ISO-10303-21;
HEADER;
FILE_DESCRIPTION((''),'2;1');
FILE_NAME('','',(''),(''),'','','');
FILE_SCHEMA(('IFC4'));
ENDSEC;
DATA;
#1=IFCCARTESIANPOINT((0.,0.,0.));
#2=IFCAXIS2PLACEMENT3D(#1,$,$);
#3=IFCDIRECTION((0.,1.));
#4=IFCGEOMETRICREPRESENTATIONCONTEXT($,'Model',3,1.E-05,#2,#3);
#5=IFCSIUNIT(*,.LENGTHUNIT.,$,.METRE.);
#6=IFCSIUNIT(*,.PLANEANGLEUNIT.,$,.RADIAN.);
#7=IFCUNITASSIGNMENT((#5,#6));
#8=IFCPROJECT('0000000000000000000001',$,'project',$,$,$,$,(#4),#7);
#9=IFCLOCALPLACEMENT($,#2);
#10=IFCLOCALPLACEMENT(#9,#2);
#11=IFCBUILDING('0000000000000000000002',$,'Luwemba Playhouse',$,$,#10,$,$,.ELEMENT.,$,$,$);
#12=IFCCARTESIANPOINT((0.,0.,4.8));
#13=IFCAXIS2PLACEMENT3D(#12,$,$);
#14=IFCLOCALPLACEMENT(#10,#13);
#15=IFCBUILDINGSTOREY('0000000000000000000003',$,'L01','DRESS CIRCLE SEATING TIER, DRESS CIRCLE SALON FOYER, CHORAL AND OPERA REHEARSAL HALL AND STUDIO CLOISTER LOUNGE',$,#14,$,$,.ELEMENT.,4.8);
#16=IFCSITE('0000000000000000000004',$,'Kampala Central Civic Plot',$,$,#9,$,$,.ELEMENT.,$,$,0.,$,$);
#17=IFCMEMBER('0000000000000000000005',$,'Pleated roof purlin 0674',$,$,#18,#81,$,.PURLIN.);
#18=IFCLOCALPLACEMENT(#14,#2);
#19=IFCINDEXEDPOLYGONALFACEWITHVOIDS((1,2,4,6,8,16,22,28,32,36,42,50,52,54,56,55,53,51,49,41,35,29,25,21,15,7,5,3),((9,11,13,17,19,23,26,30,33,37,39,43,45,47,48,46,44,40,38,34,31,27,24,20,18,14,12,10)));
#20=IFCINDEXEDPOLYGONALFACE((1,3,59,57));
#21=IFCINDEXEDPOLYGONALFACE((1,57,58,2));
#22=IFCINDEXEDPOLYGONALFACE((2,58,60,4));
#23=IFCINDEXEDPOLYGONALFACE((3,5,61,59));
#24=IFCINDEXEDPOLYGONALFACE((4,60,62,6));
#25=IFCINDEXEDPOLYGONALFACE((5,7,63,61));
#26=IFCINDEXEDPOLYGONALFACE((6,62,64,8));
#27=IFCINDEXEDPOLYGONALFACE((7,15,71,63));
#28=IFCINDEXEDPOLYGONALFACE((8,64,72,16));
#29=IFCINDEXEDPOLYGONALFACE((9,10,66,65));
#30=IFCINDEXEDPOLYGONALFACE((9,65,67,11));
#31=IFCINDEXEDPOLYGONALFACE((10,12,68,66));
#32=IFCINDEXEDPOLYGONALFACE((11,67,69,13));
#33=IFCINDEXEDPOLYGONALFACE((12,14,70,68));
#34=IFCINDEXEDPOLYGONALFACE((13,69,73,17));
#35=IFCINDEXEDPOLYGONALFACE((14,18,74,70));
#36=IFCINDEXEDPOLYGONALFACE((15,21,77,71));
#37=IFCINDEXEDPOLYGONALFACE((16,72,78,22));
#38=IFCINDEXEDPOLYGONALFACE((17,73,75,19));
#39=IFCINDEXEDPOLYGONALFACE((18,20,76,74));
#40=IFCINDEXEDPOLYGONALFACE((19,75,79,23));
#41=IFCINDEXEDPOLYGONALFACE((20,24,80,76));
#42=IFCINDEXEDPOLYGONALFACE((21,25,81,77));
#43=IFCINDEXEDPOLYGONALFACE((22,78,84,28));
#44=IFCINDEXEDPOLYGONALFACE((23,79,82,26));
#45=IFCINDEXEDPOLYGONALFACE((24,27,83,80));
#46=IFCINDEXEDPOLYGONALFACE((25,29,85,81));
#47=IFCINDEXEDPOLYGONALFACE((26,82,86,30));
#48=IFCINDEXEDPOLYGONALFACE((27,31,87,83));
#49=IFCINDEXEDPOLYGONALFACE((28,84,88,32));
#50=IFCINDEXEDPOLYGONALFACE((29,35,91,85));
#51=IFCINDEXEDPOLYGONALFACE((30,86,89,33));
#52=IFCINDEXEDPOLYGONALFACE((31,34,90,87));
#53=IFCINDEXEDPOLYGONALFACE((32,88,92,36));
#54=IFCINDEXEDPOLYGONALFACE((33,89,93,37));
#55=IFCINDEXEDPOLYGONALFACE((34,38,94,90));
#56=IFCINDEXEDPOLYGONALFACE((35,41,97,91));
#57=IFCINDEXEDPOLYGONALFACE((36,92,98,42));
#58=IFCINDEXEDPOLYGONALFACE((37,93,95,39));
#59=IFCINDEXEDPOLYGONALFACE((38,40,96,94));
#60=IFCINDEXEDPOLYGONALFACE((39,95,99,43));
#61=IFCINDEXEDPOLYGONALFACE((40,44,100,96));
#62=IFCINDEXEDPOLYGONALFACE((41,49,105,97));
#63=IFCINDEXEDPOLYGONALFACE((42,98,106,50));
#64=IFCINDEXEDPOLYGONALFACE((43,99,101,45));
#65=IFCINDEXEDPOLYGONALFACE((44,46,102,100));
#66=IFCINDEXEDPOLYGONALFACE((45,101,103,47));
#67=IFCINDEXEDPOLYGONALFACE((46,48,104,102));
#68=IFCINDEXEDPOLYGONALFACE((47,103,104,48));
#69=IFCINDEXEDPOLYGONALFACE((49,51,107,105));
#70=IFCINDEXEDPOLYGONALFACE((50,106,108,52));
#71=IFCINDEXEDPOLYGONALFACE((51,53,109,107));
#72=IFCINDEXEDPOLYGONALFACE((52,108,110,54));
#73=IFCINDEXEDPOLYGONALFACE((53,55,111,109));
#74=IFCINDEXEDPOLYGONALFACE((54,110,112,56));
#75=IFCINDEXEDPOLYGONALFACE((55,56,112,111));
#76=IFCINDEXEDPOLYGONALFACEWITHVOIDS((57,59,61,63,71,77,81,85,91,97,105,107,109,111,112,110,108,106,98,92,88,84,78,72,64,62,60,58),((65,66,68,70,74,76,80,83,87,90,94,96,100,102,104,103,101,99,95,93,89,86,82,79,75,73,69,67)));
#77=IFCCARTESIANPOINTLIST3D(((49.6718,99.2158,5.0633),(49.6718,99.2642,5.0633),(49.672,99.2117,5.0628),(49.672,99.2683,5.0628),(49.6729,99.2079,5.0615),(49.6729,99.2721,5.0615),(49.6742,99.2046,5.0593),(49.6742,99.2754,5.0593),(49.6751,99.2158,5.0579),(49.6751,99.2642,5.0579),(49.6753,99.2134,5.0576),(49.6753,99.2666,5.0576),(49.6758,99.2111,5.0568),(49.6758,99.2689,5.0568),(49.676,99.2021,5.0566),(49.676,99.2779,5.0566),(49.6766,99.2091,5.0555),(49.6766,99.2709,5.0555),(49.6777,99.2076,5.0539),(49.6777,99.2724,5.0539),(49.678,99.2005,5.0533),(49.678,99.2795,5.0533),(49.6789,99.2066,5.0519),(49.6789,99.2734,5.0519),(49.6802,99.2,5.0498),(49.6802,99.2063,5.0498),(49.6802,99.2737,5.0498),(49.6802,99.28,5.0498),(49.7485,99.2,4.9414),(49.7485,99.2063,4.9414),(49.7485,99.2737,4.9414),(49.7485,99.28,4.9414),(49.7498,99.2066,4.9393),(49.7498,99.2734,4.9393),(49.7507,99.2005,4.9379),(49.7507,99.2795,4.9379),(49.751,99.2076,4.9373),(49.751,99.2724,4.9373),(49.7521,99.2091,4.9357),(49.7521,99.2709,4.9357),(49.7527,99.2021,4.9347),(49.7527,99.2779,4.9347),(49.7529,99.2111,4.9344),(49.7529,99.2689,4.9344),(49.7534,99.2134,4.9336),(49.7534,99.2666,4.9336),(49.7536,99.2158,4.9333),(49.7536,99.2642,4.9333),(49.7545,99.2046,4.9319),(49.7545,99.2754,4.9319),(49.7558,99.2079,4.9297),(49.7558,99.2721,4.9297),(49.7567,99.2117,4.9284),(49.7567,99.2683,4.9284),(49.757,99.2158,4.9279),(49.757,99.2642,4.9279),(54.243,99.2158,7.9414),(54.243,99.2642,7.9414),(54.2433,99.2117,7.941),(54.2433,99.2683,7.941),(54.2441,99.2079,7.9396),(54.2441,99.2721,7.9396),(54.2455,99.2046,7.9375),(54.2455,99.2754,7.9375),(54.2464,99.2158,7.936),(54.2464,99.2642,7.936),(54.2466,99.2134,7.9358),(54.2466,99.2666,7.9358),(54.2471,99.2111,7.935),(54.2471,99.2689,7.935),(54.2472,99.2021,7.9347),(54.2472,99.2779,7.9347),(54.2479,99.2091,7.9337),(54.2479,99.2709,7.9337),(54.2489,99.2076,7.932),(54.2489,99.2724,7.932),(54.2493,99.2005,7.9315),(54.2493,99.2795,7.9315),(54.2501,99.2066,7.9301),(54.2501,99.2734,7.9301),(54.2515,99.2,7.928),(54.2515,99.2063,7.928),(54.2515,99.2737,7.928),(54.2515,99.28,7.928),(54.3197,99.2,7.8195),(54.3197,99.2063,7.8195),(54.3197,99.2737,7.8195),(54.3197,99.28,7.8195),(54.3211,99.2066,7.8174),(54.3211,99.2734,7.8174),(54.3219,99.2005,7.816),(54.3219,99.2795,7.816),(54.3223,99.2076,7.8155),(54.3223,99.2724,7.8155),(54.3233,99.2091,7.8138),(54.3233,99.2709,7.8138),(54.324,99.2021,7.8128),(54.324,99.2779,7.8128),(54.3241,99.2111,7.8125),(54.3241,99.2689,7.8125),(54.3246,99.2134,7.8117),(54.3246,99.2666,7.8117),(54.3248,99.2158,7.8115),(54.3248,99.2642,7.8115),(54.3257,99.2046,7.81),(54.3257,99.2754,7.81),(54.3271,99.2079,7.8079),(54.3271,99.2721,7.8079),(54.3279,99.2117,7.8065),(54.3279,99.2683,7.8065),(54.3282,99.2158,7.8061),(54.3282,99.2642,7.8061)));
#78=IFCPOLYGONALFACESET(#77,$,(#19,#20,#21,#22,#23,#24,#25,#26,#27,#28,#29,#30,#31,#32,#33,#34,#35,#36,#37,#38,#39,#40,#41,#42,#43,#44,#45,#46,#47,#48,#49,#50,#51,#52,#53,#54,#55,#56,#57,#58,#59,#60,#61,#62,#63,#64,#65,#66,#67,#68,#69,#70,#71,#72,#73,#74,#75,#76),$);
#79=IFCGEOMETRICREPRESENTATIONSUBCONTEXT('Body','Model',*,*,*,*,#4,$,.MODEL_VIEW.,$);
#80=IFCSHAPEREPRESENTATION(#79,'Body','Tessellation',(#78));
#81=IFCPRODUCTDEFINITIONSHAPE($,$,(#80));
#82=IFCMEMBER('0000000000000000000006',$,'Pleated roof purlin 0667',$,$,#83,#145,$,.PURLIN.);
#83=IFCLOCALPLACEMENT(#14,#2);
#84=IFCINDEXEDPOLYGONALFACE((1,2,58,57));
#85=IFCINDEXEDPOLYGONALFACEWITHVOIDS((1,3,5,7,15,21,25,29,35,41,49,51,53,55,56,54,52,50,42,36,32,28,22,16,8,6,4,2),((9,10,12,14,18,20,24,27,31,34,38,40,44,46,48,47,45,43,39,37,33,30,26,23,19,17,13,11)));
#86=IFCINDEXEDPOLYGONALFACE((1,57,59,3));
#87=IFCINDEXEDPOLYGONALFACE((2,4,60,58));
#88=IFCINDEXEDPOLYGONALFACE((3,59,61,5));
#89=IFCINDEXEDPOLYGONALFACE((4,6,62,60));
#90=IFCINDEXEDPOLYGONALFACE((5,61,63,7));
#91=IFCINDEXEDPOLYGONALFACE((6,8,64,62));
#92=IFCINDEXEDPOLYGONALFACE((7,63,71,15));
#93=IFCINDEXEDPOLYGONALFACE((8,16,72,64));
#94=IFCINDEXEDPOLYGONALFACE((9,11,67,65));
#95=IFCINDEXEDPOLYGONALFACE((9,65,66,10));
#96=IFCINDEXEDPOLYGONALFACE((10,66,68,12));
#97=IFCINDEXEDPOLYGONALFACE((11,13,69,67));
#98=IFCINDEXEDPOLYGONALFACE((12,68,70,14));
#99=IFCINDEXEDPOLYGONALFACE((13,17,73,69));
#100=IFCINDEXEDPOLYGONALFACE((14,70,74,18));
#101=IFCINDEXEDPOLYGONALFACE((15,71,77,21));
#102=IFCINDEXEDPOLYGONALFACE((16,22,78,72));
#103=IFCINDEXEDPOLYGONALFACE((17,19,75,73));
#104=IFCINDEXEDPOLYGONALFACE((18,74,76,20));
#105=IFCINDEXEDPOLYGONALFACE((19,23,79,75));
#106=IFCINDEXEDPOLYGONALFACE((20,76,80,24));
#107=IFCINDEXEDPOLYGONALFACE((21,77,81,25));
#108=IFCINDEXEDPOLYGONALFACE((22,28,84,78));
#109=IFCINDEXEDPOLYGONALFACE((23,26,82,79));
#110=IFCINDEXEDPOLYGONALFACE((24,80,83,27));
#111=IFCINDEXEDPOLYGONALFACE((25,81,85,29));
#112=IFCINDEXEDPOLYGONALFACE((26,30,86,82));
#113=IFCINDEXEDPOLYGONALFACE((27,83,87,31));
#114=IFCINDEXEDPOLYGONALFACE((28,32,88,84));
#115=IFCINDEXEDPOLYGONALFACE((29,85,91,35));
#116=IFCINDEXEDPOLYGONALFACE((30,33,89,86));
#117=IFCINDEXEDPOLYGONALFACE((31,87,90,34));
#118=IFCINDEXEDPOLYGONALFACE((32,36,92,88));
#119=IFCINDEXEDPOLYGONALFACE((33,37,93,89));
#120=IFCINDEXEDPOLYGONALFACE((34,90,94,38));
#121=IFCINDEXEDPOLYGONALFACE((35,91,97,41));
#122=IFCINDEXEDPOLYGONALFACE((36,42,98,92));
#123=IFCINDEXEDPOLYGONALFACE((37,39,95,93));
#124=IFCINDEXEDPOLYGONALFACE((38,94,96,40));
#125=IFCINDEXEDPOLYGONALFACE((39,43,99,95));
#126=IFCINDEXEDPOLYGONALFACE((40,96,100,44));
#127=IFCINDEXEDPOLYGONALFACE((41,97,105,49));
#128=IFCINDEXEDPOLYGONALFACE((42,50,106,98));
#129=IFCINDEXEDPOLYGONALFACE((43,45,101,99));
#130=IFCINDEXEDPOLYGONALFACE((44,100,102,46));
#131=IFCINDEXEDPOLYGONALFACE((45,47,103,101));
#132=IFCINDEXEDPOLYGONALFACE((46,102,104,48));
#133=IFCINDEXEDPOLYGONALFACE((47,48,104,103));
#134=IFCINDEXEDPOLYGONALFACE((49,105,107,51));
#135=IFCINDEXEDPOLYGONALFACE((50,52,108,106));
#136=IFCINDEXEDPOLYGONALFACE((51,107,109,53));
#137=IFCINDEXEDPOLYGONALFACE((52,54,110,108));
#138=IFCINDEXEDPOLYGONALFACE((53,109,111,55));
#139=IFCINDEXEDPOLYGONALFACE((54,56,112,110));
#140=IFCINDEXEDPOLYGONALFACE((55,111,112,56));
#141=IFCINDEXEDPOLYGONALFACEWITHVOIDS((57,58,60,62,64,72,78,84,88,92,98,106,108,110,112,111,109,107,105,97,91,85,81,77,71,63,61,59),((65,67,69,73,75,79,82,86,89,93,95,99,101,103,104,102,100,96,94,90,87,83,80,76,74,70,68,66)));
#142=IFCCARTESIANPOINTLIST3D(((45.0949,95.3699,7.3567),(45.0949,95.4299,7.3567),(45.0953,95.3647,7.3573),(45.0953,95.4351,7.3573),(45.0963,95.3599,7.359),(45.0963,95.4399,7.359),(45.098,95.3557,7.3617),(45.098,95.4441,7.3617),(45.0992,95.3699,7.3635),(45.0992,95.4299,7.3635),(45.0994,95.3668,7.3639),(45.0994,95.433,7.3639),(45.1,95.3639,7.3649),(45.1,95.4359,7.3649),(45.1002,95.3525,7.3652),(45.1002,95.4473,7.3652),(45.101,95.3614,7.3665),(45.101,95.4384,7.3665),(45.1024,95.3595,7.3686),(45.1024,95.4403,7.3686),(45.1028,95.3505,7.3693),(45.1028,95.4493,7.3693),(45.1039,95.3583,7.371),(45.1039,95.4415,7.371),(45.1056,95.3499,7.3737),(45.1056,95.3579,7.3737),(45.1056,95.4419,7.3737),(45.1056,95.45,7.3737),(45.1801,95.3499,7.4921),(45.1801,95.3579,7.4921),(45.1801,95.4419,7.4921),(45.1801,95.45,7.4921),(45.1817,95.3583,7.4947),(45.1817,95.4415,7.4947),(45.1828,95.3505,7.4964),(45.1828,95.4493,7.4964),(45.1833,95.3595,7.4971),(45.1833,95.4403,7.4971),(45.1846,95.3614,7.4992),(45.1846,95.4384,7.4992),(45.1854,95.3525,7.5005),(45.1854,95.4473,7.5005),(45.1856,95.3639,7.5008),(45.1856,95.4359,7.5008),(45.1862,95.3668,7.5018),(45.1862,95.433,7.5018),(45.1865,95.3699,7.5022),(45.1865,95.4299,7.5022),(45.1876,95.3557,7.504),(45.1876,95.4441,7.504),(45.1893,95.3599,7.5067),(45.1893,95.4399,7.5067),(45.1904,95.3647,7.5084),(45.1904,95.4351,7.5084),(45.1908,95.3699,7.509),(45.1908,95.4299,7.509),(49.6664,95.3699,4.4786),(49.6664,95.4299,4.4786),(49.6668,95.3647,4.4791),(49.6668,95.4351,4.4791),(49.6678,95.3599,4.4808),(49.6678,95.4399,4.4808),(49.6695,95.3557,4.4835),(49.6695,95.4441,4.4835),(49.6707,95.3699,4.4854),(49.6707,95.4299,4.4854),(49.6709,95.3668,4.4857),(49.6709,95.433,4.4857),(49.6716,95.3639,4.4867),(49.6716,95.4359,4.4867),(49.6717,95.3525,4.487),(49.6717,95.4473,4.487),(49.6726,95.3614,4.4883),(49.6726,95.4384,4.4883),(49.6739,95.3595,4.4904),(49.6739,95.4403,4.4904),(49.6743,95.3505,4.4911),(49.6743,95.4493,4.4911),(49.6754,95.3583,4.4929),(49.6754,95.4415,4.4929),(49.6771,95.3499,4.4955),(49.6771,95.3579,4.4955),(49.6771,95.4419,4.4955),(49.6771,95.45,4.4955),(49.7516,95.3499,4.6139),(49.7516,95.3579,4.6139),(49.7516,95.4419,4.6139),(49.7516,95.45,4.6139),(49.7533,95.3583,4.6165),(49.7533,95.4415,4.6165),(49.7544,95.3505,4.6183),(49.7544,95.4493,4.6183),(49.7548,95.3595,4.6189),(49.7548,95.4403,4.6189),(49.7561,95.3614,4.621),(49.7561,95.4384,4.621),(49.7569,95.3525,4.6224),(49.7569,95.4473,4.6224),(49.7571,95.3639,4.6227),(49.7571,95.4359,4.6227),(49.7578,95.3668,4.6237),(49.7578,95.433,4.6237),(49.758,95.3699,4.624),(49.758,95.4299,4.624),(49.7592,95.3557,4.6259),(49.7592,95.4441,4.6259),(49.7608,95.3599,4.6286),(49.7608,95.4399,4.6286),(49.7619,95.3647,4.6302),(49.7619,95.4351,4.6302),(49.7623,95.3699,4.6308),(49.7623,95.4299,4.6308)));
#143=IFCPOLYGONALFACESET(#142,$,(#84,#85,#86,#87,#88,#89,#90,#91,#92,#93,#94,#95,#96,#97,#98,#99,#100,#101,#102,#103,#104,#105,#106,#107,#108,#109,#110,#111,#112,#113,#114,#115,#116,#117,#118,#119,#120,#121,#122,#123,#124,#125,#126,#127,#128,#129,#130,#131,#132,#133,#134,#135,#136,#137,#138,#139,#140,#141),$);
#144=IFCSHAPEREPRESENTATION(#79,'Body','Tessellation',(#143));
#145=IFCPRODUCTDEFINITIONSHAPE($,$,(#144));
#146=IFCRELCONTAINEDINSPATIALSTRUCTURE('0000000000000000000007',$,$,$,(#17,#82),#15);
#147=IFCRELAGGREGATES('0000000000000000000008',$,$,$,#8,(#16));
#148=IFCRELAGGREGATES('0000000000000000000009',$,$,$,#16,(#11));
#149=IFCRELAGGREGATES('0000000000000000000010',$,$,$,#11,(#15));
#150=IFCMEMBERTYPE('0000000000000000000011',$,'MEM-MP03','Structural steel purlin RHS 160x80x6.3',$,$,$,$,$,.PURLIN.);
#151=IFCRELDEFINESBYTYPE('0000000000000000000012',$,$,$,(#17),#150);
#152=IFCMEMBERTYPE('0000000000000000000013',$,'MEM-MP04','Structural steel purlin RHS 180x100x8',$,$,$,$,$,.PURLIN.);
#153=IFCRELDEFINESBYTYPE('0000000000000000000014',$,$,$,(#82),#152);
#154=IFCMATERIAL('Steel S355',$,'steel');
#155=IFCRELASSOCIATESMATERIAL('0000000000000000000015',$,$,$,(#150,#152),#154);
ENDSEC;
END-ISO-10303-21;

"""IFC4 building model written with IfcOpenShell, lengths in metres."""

from ifc_helpers import new_model, si_unit, direction, frame, origin, origin_2d, place, context, subcontext, project, spatial, hollow_rectangle, extrude, material, material_profile, profile_set, type_object, element, save


model = new_model("IFC4")

# Units and contexts
model_context = context("Model", 3, precision=1e-05, world=origin(), true_north=direction((0.0, 1.0)))
body_context = subcontext(model_context, "Body", "Model", "MODEL_VIEW")
ifc_project = project(units=[si_unit("LENGTHUNIT", "METRE"), si_unit("PLANEANGLEUNIT", "RADIAN")], contexts=[model_context])

# Site, building, storey
site_placement = place(None, origin())
site = spatial("IfcSite", under=ifc_project, at=site_placement, Name="Kampala Central Civic Plot", CompositionType="ELEMENT", RefElevation=0.0)
building_placement = place(site_placement, origin())
building = spatial("IfcBuilding", under=site, at=building_placement, Name="Luwemba Playhouse", CompositionType="ELEMENT")
storey_placement = place(building_placement, frame((0.0, 0.0, 4.8)))
storey = spatial("IfcBuildingStorey", under=building, at=storey_placement, Name="L01", Description="DRESS CIRCLE SEATING TIER, DRESS CIRCLE SALON FOYER, CHORAL AND OPERA REHEARSAL HALL AND STUDIO CLOISTER LOUNGE", CompositionType="ELEMENT", Elevation=4.8)

# Shared definitions
ifc_material_1 = material(Name="Steel S355", Category="steel")

# Members
ifc_material_profile_1 = material_profile(ifc_material_1, hollow_rectangle(XDim=0.0801, YDim=0.1599, WallThickness=0.0063, InnerFilletRadius=0.0095, OuterFilletRadius=0.0159, at=origin_2d()))
ifc_profile_set_1 = profile_set([ifc_material_profile_1], Name="Steel S355")
member_type_1 = type_object("IfcMemberType", Name="MEM-MP03", Description="Structural steel purlin RHS 160x80x6.3", PredefinedType="PURLIN", material=ifc_profile_set_1)
member_1_placement = place(storey_placement, frame((49.7144, 99.24, 4.9956), z_axis=(0.846237, 0.0, 0.532807), x_axis=(0.0, 1.0, 0.0)))
element("IfcMember", 1, at=member_1_placement, inside=storey, type_object=member_type_1, Name="Pleated roof purlin 0674", PredefinedType="PURLIN", context=body_context, shape_type="SweptSolid", body=[
    extrude(hollow_rectangle(XDim=0.0801, YDim=0.1599, WallThickness=0.0063, InnerFilletRadius=0.0095, OuterFilletRadius=0.0159, at=origin_2d()), origin(), (0.0, 0.0, 1.0), 5.4019),
])
ifc_material_profile_2 = material_profile(ifc_material_1, hollow_rectangle(XDim=0.1001, YDim=0.1799, WallThickness=0.0081, InnerFilletRadius=0.012, OuterFilletRadius=0.02, at=origin_2d()))
ifc_profile_set_2 = profile_set([ifc_material_profile_2], Name="Steel S355")
member_type_2 = type_object("IfcMemberType", Name="MEM-MP04", Description="Structural steel purlin RHS 180x100x8", PredefinedType="PURLIN", material=ifc_profile_set_2)
for number, where, z_axis, x_axis, name in (
    (2, (45.1428, 95.3999, 7.4329), (0.846249, 0.0, -0.532787), (0.0, 1.0, 0.0), "Pleated roof purlin 0667"),
):
    element("IfcMember", number, at=place(storey_placement, frame(where, z_axis=z_axis, x_axis=x_axis)), inside=storey, type_object=member_type_2, Name=name, PredefinedType="PURLIN", context=body_context, shape_type="SweptSolid", body=[
        extrude(hollow_rectangle(XDim=0.1001, YDim=0.1799, WallThickness=0.0081, InnerFilletRadius=0.012, OuterFilletRadius=0.02, at=origin_2d()), origin(), (0.0, 0.0, 1.0), 5.4021),
    ])

save(model, "model.ifc")
